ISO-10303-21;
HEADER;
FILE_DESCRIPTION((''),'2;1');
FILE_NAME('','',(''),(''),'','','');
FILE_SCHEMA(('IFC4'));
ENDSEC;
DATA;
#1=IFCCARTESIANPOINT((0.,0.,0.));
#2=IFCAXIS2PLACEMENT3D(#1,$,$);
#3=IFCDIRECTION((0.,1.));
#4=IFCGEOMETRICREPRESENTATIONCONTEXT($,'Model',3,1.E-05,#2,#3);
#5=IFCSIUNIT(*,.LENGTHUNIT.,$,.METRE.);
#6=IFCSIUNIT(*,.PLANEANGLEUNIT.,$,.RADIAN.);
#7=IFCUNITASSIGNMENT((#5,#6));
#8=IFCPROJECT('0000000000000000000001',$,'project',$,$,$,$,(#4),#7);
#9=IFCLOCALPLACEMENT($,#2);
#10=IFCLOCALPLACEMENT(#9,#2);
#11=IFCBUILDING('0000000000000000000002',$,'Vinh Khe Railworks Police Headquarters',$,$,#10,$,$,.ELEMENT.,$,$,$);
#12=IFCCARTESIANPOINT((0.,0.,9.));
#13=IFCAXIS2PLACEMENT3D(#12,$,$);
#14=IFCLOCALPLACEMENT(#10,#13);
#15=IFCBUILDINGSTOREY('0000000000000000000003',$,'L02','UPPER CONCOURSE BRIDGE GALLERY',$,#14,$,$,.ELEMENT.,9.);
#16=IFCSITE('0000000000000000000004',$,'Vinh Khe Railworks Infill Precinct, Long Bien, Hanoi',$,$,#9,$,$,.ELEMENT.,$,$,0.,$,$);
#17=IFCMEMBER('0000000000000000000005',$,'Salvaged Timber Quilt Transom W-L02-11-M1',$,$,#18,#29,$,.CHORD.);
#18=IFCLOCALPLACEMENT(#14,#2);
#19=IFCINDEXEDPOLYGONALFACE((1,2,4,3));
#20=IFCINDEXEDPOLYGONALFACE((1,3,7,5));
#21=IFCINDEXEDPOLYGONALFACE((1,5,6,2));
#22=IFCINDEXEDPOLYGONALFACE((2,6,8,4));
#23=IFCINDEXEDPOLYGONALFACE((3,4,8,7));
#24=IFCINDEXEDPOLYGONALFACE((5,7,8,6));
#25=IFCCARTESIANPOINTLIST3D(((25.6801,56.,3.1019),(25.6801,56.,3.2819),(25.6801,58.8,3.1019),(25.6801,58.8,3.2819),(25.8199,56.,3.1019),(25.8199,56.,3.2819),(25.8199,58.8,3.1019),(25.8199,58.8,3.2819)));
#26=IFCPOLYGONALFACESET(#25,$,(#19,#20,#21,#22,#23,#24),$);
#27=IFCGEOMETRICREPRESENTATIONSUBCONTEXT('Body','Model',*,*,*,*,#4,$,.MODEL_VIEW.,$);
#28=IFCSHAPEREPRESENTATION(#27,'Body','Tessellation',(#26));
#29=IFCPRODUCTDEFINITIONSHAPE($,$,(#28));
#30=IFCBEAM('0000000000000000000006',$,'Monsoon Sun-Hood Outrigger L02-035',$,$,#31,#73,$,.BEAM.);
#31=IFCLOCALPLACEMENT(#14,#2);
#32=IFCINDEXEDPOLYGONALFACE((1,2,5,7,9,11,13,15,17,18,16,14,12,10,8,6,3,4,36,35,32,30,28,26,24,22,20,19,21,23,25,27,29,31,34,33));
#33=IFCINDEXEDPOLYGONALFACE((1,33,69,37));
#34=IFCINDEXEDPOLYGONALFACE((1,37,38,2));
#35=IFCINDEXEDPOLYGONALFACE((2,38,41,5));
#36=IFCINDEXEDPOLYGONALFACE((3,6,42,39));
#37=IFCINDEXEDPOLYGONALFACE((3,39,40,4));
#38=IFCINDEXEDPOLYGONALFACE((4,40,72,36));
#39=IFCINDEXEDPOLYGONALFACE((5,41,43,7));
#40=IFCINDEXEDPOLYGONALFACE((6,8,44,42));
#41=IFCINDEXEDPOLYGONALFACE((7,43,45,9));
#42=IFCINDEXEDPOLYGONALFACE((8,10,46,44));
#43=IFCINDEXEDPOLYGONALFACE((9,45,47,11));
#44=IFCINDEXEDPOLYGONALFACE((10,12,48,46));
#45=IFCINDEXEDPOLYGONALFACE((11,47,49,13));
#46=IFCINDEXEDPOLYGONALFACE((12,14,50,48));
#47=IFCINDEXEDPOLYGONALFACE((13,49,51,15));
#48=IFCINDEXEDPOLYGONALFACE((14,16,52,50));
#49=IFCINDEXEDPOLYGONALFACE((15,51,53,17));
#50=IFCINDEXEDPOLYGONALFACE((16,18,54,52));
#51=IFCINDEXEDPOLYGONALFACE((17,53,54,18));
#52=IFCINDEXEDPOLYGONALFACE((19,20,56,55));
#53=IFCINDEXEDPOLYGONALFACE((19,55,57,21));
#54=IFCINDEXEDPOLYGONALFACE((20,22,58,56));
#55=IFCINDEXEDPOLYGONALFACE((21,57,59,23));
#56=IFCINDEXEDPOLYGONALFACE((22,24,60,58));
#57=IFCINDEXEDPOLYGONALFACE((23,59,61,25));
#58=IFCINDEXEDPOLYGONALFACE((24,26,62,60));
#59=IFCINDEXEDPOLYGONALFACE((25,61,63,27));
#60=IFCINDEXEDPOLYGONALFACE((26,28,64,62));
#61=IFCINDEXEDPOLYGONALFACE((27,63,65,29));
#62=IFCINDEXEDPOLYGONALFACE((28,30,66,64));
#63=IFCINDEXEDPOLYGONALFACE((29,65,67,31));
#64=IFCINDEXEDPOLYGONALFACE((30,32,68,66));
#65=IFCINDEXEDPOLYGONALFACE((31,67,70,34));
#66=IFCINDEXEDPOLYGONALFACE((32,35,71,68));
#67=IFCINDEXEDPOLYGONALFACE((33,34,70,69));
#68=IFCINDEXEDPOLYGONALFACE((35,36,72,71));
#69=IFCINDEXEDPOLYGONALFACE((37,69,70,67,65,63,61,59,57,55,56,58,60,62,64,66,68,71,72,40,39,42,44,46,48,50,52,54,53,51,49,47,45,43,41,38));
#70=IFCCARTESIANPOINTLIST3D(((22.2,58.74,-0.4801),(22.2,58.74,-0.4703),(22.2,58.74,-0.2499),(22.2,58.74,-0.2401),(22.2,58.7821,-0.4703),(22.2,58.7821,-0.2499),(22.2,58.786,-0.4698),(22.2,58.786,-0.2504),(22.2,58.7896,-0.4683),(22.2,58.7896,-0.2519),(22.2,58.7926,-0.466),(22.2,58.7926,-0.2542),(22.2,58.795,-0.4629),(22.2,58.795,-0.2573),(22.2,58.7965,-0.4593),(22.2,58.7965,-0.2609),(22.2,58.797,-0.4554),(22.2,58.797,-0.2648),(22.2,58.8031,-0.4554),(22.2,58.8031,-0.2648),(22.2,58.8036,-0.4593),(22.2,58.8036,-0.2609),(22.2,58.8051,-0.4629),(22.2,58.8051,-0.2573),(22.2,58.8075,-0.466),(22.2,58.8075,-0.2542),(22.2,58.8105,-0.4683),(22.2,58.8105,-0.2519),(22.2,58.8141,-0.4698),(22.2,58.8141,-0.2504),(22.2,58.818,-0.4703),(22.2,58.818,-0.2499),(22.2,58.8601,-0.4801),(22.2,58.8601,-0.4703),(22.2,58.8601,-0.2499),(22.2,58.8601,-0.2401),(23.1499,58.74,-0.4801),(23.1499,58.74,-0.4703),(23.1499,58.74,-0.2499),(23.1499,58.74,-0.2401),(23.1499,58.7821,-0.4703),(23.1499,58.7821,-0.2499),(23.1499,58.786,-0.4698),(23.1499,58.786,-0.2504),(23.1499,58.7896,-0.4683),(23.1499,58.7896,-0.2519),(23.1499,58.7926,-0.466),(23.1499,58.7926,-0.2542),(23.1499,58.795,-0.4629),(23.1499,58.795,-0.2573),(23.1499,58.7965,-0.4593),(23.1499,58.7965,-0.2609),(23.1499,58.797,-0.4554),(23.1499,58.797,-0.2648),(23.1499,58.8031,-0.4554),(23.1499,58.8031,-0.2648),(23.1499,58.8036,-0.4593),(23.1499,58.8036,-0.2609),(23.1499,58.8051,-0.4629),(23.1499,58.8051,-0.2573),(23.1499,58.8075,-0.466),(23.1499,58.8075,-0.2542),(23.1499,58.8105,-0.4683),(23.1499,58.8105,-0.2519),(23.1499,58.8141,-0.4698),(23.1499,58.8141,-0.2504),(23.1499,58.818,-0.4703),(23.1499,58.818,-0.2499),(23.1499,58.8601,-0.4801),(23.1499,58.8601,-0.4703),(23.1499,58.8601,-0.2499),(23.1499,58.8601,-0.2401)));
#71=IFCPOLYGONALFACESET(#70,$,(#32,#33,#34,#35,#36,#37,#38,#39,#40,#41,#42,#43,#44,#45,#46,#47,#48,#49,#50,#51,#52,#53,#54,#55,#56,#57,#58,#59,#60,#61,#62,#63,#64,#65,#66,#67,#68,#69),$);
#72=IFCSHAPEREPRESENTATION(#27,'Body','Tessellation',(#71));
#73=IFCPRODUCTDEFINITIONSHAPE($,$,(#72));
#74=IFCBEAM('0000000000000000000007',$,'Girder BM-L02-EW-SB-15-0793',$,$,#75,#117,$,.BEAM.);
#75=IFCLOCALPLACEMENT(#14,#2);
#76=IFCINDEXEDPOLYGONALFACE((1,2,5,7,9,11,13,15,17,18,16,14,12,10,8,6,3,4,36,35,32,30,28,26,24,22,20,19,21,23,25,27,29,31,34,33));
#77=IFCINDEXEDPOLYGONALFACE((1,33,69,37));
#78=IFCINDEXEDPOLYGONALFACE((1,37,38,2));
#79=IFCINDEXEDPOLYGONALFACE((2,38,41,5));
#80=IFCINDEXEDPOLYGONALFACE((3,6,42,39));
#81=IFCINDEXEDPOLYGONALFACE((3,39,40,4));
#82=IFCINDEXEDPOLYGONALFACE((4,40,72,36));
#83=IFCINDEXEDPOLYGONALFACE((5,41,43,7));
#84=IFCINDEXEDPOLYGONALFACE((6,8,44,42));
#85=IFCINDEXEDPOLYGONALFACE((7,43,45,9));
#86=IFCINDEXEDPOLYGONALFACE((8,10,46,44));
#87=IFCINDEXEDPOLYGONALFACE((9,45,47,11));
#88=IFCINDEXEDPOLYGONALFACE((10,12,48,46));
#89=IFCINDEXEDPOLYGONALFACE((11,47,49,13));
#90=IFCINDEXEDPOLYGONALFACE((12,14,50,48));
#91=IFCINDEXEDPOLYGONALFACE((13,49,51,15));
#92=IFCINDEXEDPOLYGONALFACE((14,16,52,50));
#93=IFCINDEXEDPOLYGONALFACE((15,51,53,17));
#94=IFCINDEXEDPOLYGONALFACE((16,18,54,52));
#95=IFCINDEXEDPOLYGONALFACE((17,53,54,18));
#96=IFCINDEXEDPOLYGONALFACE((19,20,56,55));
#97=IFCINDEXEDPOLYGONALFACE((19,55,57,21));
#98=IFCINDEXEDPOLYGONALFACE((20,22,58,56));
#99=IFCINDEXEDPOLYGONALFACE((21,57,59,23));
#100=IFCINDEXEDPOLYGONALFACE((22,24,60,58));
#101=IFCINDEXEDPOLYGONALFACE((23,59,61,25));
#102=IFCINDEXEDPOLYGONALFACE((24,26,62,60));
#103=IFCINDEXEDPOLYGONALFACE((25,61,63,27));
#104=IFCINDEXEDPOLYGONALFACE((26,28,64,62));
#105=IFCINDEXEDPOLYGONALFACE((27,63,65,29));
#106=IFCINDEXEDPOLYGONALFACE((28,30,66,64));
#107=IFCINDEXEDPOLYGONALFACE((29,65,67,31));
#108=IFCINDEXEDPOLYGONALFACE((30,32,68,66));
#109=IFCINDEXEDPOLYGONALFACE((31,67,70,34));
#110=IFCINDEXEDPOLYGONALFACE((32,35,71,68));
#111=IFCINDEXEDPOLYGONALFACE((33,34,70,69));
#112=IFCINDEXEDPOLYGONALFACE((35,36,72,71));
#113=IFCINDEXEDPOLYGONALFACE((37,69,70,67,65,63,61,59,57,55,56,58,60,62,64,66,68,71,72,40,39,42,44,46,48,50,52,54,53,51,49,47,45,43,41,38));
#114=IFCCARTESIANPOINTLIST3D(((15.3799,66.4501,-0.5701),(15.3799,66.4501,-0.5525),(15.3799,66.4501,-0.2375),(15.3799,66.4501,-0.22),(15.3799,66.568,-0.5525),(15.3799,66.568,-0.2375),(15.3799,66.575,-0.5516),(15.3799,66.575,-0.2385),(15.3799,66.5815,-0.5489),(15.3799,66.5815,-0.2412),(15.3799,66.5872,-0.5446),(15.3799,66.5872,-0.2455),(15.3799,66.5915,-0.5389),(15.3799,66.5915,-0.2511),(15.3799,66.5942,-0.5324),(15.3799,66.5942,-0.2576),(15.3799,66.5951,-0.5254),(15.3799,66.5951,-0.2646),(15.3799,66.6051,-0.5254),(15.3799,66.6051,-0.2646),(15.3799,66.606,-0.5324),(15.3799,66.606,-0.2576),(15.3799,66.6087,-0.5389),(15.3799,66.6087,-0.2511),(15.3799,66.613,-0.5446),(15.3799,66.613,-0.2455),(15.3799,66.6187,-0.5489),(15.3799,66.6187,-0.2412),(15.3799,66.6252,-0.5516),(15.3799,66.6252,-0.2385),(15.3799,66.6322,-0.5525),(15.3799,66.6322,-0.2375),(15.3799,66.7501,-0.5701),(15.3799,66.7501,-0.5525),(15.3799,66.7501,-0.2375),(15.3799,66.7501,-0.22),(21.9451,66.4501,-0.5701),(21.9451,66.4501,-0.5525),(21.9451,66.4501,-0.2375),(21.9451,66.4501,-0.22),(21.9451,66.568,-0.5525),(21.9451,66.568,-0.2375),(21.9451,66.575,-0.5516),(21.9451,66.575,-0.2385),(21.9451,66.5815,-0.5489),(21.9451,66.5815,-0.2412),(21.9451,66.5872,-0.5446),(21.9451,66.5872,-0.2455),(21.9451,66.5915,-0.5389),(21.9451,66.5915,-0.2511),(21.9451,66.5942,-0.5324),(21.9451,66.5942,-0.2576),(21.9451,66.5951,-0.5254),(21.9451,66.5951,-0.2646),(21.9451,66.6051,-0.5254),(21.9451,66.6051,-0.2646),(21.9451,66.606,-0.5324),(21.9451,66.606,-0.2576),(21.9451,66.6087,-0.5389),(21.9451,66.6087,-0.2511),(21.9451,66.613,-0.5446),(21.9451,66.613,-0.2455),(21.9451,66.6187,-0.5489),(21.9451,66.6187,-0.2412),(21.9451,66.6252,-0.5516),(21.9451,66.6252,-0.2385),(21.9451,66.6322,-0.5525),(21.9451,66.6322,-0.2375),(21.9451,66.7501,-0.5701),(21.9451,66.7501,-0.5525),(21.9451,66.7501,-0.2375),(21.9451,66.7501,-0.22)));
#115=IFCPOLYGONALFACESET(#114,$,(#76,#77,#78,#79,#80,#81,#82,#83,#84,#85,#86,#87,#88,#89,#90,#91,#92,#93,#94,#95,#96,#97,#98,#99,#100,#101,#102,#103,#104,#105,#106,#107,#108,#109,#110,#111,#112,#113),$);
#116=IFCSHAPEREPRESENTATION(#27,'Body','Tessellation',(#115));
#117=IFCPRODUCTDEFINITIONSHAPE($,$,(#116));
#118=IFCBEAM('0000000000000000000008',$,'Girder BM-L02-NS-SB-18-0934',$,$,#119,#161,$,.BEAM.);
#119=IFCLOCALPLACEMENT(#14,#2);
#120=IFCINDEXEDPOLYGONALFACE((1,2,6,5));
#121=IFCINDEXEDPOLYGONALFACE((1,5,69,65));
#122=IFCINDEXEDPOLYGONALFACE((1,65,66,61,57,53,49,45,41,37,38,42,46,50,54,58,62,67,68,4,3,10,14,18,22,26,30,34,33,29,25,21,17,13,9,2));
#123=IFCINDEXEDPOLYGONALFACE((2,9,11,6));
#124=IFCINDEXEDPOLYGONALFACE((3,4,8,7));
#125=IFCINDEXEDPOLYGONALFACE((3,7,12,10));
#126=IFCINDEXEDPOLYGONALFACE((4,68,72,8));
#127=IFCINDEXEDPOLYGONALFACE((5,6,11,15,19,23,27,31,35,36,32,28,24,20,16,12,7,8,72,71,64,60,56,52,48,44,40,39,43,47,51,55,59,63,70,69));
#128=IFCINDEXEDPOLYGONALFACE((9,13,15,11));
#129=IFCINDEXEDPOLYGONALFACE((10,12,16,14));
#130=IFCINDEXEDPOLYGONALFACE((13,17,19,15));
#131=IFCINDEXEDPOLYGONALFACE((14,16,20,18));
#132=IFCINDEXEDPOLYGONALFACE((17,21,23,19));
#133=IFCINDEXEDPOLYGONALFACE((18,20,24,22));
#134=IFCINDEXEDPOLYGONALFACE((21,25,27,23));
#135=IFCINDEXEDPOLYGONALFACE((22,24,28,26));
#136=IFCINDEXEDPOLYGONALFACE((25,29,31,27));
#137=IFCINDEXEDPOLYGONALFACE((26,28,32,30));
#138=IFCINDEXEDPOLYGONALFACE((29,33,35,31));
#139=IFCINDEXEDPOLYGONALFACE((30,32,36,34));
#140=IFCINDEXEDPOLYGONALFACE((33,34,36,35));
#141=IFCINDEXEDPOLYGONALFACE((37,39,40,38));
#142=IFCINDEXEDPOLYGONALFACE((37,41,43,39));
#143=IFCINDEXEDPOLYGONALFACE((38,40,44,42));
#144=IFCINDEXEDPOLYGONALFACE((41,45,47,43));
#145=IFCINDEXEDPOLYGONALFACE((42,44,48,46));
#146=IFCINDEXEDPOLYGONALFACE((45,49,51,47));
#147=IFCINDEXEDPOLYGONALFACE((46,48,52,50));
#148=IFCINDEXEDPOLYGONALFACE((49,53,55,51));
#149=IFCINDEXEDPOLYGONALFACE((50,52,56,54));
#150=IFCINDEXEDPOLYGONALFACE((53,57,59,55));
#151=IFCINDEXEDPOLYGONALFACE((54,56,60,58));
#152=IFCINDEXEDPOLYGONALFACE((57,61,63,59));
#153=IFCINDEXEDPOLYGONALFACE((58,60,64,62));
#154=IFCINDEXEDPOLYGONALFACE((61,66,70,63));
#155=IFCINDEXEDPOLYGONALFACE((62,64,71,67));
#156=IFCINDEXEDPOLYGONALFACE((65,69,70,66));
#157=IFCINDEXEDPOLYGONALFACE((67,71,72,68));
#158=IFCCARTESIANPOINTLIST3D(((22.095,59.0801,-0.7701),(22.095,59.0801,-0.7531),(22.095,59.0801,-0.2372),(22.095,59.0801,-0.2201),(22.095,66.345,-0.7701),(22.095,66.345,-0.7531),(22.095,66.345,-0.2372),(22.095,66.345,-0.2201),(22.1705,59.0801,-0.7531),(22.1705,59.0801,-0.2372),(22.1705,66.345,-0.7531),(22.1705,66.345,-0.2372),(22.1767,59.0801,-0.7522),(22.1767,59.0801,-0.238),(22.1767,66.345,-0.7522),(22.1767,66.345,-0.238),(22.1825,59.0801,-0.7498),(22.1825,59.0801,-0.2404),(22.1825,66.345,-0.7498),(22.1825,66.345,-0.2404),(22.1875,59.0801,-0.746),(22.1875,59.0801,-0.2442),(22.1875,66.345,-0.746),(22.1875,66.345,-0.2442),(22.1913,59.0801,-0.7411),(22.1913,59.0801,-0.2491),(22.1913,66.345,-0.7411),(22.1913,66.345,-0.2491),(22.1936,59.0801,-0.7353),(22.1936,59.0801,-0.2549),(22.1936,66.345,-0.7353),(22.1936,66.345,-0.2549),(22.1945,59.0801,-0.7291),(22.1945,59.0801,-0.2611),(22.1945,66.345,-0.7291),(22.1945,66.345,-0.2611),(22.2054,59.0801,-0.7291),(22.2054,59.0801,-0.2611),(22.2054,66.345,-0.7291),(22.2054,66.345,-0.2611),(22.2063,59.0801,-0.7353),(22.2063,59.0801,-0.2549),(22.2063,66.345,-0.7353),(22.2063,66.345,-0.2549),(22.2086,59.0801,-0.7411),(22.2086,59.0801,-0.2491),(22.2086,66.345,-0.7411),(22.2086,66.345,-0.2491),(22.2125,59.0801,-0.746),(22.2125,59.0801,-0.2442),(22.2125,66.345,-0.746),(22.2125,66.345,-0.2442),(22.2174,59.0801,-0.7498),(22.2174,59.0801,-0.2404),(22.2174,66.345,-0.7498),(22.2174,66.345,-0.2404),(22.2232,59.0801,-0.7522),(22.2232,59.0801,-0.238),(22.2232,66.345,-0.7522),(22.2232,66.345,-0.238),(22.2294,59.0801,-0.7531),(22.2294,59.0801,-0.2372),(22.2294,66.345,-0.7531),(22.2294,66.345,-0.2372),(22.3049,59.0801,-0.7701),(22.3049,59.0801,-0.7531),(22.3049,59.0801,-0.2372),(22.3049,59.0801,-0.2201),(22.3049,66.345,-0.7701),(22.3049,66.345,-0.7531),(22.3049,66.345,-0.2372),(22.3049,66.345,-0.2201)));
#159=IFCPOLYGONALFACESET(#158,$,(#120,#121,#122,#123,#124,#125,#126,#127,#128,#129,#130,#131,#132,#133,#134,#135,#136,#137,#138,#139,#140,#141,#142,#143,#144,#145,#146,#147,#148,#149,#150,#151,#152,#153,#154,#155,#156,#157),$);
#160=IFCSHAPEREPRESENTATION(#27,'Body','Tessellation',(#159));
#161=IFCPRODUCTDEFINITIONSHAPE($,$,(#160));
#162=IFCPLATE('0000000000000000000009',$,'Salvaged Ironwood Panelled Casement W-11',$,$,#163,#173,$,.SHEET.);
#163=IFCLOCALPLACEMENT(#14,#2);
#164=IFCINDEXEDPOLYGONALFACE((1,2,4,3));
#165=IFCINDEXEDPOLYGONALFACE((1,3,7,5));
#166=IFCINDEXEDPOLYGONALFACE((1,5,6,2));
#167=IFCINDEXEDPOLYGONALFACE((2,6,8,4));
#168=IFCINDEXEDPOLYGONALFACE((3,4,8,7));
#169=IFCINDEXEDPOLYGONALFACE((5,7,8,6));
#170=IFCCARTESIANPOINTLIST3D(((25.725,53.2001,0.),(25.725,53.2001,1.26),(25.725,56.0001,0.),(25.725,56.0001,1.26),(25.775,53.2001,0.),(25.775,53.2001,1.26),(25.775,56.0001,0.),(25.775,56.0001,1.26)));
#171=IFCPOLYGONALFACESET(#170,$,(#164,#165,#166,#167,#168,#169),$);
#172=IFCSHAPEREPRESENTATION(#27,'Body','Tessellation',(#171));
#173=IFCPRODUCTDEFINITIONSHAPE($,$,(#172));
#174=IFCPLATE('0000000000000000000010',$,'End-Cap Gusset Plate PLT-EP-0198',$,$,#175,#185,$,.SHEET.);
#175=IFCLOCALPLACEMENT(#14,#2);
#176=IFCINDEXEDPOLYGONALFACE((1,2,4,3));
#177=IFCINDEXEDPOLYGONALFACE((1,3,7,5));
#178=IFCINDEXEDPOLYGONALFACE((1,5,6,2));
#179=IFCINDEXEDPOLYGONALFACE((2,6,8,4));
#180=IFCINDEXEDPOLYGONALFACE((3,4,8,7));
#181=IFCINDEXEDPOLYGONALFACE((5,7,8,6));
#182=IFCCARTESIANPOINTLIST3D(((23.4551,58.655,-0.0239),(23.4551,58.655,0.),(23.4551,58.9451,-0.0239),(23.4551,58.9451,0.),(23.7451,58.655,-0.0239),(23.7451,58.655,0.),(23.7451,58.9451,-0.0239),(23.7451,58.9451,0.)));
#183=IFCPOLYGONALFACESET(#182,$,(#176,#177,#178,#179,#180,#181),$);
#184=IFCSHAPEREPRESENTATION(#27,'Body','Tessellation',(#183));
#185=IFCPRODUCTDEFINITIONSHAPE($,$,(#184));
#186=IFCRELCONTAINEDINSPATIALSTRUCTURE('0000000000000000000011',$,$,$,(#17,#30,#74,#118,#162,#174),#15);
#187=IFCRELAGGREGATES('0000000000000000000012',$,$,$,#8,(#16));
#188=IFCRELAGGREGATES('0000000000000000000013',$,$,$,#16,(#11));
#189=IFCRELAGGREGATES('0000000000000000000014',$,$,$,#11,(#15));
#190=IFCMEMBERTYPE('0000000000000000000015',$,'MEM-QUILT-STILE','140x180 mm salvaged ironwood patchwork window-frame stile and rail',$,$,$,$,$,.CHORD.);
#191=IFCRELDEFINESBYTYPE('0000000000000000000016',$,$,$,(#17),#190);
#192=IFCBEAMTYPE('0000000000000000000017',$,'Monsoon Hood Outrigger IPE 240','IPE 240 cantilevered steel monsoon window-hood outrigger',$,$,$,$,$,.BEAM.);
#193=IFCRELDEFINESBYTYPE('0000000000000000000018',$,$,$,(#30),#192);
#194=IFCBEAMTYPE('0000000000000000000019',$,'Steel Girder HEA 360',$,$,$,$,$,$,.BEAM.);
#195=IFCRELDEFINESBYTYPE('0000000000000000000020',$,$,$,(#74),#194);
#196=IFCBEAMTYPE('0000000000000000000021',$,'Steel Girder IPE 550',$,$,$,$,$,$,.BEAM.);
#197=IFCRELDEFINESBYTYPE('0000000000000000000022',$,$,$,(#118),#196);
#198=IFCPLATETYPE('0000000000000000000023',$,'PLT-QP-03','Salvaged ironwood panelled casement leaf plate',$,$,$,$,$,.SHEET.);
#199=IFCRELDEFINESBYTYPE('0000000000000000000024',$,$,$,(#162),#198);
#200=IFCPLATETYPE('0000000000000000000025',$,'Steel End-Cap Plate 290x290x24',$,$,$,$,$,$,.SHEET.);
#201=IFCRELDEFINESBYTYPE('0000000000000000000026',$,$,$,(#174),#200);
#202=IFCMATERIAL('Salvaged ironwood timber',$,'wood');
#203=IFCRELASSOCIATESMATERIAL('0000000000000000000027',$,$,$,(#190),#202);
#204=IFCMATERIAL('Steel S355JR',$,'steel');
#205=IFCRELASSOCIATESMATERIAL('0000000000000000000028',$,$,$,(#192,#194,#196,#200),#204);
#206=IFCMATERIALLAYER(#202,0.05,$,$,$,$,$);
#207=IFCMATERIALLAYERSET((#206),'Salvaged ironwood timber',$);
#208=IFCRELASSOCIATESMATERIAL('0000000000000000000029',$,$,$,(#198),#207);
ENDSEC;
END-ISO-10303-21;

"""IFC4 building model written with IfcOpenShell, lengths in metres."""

from ifc_helpers import new_model, si_unit, direction, frame, origin, origin_2d, place, context, subcontext, project, spatial, rectangle, i_section, extrude, material, layer, layer_set, material_profile, profile_set, type_object, element, save


model = new_model("IFC4")

# Units and contexts
model_context = context("Model", 3, precision=1e-05, world=origin(), true_north=direction((0.0, 1.0)))
body_context = subcontext(model_context, "Body", "Model", "MODEL_VIEW")
ifc_project = project(units=[si_unit("LENGTHUNIT", "METRE"), si_unit("PLANEANGLEUNIT", "RADIAN")], contexts=[model_context])

# Site, building, storey
site_placement = place(None, origin())
site = spatial("IfcSite", under=ifc_project, at=site_placement, Name="Vinh Khe Railworks Infill Precinct, Long Bien, Hanoi", CompositionType="ELEMENT", RefElevation=0.0)
building_placement = place(site_placement, origin())
building = spatial("IfcBuilding", under=site, at=building_placement, Name="Vinh Khe Railworks Police Headquarters", CompositionType="ELEMENT")
storey_placement = place(building_placement, frame((0.0, 0.0, 9.0)))
storey = spatial("IfcBuildingStorey", under=building, at=storey_placement, Name="L02", Description="UPPER CONCOURSE BRIDGE GALLERY", CompositionType="ELEMENT", Elevation=9.0)

# Shared definitions
ifc_material_1 = material(Name="Steel S355JR", Category="steel")

# Member
ifc_material_2 = material(Name="Salvaged ironwood timber", Category="wood")
ifc_material_profile_1 = material_profile(ifc_material_2, rectangle(XDim=0.1399, YDim=0.1799, at=origin_2d()), Name="TIMBER 140x180")
ifc_profile_set_1 = profile_set([ifc_material_profile_1], Name="Salvaged ironwood timber")
member_type = type_object("IfcMemberType", Name="MEM-QUILT-STILE", Description="140x180 mm salvaged ironwood patchwork window-frame stile and rail", PredefinedType="CHORD", material=ifc_profile_set_1)
for number, where, z_axis, x_axis, name in (
    (1, (25.75, 56.0, 3.1919), (0.0, 1.0, 0.0), (-1.0, 0.0, 0.0), "Salvaged Timber Quilt Transom W-L02-11-M1"),
):
    element("IfcMember", number, at=place(storey_placement, frame(where, z_axis=z_axis, x_axis=x_axis)), inside=storey, type_object=member_type, Name=name, PredefinedType="CHORD", context=body_context, shape_type="SweptSolid", body=[
        extrude(rectangle(XDim=0.1399, YDim=0.1799, at=origin_2d()), origin(), (0.0, 0.0, 1.0), 2.8),
    ])

# Beams
ifc_material_profile_2 = material_profile(ifc_material_1, i_section(OverallWidth=0.1201, OverallDepth=0.24, WebThickness=0.0061, FlangeThickness=0.0098, FilletRadius=0.0149, at=origin_2d()), Name="IPE 240")
ifc_profile_set_2 = profile_set([ifc_material_profile_2], Name="Steel S355JR")
beam_type_1 = type_object("IfcBeamType", Name="Monsoon Hood Outrigger IPE 240", Description="IPE 240 cantilevered steel monsoon window-hood outrigger", PredefinedType="BEAM", material=ifc_profile_set_2)
beam_1_placement = place(storey_placement, frame((22.2, 58.8, -0.3601), z_axis=(1.0, 0.0, 0.0), x_axis=(0.0, 1.0, 0.0)))
element("IfcBeam", 2, at=beam_1_placement, inside=storey, type_object=beam_type_1, Name="Monsoon Sun-Hood Outrigger L02-035", PredefinedType="BEAM", context=body_context, shape_type="SweptSolid", body=[
    extrude(i_section(OverallWidth=0.1201, OverallDepth=0.24, WebThickness=0.0061, FlangeThickness=0.0098, FilletRadius=0.0149, at=origin_2d()), origin(), (0.0, 0.0, 1.0), 0.95),
])
ifc_material_profile_3 = material_profile(ifc_material_1, i_section(OverallWidth=0.3, OverallDepth=0.3501, WebThickness=0.01, FlangeThickness=0.0176, FilletRadius=0.0271, at=origin_2d()), Name="HEA 360")
ifc_profile_set_3 = profile_set([ifc_material_profile_3], Name="Steel S355JR")
beam_type_2 = type_object("IfcBeamType", Name="Steel Girder HEA 360", PredefinedType="BEAM", material=ifc_profile_set_3)
beam_2_placement = place(storey_placement, frame((15.3799, 66.6001, -0.395), z_axis=(1.0, 0.0, 0.0), x_axis=(0.0, 1.0, 0.0)))
element("IfcBeam", 3, at=beam_2_placement, inside=storey, type_object=beam_type_2, Name="Girder BM-L02-EW-SB-15-0793", PredefinedType="BEAM", context=body_context, shape_type="SweptSolid", body=[
    extrude(i_section(OverallWidth=0.3, OverallDepth=0.3501, WebThickness=0.01, FlangeThickness=0.0176, FilletRadius=0.0271, at=origin_2d()), origin(), (0.0, 0.0, 1.0), 6.5652),
])
ifc_material_profile_4 = material_profile(ifc_material_1, i_section(OverallWidth=0.21, OverallDepth=0.55, WebThickness=0.011, FlangeThickness=0.0171, FilletRadius=0.0239, at=origin_2d()), Name="IPE 550")
ifc_profile_set_4 = profile_set([ifc_material_profile_4], Name="Steel S355JR")
beam_type_3 = type_object("IfcBeamType", Name="Steel Girder IPE 550", PredefinedType="BEAM", material=ifc_profile_set_4)
beam_3_placement = place(storey_placement, frame((22.2, 59.0801, -0.4951), z_axis=(0.0, 1.0, 0.0), x_axis=(-1.0, 0.0, 0.0)))
element("IfcBeam", 4, at=beam_3_placement, inside=storey, type_object=beam_type_3, Name="Girder BM-L02-NS-SB-18-0934", PredefinedType="BEAM", context=body_context, shape_type="SweptSolid", body=[
    extrude(i_section(OverallWidth=0.21, OverallDepth=0.55, WebThickness=0.011, FlangeThickness=0.0171, FilletRadius=0.0239, at=origin_2d()), origin(), (0.0, 0.0, 1.0), 7.2649),
])

# Plates
ifc_layer_1 = layer(ifc_material_2, 0.05)
ifc_layer_set_1 = layer_set([ifc_layer_1], Name="Salvaged ironwood timber")
plate_type_1 = type_object("IfcPlateType", Name="PLT-QP-03", Description="Salvaged ironwood panelled casement leaf plate", PredefinedType="SHEET", material=ifc_layer_set_1)
plate_1_placement = place(storey_placement, frame((25.75, 54.6001, 0.0), z_axis=(0.0, 0.0, 1.0), x_axis=(0.0, 1.0, 0.0)))
element("IfcPlate", 5, at=plate_1_placement, inside=storey, type_object=plate_type_1, Name="Salvaged Ironwood Panelled Casement W-11", PredefinedType="SHEET", context=body_context, shape_type="SweptSolid", body=[
    extrude(rectangle(XDim=2.8, YDim=0.05, at=origin_2d()), origin(), (0.0, 0.0, 1.0), 1.26),
])
ifc_material_profile_5 = material_profile(ifc_material_1, rectangle(XDim=0.29, YDim=0.29, at=origin_2d()), Name="PL 290x290")
ifc_profile_set_5 = profile_set([ifc_material_profile_5], Name="Steel S355JR")
plate_type_2 = type_object("IfcPlateType", Name="Steel End-Cap Plate 290x290x24", PredefinedType="SHEET", material=ifc_profile_set_5)
plate_2_placement = place(storey_placement, frame((23.6001, 58.8, 0.0), z_axis=(0.0, 0.0, -1.0), x_axis=(1.0, 0.0, 0.0)))
element("IfcPlate", 6, at=plate_2_placement, inside=storey, type_object=plate_type_2, Name="End-Cap Gusset Plate PLT-EP-0198", PredefinedType="SHEET", context=body_context, shape_type="SweptSolid", body=[
    extrude(rectangle(XDim=0.29, YDim=0.29, at=origin_2d()), origin(), (0.0, 0.0, 1.0), 0.0239),
])

save(model, "model.ifc")
